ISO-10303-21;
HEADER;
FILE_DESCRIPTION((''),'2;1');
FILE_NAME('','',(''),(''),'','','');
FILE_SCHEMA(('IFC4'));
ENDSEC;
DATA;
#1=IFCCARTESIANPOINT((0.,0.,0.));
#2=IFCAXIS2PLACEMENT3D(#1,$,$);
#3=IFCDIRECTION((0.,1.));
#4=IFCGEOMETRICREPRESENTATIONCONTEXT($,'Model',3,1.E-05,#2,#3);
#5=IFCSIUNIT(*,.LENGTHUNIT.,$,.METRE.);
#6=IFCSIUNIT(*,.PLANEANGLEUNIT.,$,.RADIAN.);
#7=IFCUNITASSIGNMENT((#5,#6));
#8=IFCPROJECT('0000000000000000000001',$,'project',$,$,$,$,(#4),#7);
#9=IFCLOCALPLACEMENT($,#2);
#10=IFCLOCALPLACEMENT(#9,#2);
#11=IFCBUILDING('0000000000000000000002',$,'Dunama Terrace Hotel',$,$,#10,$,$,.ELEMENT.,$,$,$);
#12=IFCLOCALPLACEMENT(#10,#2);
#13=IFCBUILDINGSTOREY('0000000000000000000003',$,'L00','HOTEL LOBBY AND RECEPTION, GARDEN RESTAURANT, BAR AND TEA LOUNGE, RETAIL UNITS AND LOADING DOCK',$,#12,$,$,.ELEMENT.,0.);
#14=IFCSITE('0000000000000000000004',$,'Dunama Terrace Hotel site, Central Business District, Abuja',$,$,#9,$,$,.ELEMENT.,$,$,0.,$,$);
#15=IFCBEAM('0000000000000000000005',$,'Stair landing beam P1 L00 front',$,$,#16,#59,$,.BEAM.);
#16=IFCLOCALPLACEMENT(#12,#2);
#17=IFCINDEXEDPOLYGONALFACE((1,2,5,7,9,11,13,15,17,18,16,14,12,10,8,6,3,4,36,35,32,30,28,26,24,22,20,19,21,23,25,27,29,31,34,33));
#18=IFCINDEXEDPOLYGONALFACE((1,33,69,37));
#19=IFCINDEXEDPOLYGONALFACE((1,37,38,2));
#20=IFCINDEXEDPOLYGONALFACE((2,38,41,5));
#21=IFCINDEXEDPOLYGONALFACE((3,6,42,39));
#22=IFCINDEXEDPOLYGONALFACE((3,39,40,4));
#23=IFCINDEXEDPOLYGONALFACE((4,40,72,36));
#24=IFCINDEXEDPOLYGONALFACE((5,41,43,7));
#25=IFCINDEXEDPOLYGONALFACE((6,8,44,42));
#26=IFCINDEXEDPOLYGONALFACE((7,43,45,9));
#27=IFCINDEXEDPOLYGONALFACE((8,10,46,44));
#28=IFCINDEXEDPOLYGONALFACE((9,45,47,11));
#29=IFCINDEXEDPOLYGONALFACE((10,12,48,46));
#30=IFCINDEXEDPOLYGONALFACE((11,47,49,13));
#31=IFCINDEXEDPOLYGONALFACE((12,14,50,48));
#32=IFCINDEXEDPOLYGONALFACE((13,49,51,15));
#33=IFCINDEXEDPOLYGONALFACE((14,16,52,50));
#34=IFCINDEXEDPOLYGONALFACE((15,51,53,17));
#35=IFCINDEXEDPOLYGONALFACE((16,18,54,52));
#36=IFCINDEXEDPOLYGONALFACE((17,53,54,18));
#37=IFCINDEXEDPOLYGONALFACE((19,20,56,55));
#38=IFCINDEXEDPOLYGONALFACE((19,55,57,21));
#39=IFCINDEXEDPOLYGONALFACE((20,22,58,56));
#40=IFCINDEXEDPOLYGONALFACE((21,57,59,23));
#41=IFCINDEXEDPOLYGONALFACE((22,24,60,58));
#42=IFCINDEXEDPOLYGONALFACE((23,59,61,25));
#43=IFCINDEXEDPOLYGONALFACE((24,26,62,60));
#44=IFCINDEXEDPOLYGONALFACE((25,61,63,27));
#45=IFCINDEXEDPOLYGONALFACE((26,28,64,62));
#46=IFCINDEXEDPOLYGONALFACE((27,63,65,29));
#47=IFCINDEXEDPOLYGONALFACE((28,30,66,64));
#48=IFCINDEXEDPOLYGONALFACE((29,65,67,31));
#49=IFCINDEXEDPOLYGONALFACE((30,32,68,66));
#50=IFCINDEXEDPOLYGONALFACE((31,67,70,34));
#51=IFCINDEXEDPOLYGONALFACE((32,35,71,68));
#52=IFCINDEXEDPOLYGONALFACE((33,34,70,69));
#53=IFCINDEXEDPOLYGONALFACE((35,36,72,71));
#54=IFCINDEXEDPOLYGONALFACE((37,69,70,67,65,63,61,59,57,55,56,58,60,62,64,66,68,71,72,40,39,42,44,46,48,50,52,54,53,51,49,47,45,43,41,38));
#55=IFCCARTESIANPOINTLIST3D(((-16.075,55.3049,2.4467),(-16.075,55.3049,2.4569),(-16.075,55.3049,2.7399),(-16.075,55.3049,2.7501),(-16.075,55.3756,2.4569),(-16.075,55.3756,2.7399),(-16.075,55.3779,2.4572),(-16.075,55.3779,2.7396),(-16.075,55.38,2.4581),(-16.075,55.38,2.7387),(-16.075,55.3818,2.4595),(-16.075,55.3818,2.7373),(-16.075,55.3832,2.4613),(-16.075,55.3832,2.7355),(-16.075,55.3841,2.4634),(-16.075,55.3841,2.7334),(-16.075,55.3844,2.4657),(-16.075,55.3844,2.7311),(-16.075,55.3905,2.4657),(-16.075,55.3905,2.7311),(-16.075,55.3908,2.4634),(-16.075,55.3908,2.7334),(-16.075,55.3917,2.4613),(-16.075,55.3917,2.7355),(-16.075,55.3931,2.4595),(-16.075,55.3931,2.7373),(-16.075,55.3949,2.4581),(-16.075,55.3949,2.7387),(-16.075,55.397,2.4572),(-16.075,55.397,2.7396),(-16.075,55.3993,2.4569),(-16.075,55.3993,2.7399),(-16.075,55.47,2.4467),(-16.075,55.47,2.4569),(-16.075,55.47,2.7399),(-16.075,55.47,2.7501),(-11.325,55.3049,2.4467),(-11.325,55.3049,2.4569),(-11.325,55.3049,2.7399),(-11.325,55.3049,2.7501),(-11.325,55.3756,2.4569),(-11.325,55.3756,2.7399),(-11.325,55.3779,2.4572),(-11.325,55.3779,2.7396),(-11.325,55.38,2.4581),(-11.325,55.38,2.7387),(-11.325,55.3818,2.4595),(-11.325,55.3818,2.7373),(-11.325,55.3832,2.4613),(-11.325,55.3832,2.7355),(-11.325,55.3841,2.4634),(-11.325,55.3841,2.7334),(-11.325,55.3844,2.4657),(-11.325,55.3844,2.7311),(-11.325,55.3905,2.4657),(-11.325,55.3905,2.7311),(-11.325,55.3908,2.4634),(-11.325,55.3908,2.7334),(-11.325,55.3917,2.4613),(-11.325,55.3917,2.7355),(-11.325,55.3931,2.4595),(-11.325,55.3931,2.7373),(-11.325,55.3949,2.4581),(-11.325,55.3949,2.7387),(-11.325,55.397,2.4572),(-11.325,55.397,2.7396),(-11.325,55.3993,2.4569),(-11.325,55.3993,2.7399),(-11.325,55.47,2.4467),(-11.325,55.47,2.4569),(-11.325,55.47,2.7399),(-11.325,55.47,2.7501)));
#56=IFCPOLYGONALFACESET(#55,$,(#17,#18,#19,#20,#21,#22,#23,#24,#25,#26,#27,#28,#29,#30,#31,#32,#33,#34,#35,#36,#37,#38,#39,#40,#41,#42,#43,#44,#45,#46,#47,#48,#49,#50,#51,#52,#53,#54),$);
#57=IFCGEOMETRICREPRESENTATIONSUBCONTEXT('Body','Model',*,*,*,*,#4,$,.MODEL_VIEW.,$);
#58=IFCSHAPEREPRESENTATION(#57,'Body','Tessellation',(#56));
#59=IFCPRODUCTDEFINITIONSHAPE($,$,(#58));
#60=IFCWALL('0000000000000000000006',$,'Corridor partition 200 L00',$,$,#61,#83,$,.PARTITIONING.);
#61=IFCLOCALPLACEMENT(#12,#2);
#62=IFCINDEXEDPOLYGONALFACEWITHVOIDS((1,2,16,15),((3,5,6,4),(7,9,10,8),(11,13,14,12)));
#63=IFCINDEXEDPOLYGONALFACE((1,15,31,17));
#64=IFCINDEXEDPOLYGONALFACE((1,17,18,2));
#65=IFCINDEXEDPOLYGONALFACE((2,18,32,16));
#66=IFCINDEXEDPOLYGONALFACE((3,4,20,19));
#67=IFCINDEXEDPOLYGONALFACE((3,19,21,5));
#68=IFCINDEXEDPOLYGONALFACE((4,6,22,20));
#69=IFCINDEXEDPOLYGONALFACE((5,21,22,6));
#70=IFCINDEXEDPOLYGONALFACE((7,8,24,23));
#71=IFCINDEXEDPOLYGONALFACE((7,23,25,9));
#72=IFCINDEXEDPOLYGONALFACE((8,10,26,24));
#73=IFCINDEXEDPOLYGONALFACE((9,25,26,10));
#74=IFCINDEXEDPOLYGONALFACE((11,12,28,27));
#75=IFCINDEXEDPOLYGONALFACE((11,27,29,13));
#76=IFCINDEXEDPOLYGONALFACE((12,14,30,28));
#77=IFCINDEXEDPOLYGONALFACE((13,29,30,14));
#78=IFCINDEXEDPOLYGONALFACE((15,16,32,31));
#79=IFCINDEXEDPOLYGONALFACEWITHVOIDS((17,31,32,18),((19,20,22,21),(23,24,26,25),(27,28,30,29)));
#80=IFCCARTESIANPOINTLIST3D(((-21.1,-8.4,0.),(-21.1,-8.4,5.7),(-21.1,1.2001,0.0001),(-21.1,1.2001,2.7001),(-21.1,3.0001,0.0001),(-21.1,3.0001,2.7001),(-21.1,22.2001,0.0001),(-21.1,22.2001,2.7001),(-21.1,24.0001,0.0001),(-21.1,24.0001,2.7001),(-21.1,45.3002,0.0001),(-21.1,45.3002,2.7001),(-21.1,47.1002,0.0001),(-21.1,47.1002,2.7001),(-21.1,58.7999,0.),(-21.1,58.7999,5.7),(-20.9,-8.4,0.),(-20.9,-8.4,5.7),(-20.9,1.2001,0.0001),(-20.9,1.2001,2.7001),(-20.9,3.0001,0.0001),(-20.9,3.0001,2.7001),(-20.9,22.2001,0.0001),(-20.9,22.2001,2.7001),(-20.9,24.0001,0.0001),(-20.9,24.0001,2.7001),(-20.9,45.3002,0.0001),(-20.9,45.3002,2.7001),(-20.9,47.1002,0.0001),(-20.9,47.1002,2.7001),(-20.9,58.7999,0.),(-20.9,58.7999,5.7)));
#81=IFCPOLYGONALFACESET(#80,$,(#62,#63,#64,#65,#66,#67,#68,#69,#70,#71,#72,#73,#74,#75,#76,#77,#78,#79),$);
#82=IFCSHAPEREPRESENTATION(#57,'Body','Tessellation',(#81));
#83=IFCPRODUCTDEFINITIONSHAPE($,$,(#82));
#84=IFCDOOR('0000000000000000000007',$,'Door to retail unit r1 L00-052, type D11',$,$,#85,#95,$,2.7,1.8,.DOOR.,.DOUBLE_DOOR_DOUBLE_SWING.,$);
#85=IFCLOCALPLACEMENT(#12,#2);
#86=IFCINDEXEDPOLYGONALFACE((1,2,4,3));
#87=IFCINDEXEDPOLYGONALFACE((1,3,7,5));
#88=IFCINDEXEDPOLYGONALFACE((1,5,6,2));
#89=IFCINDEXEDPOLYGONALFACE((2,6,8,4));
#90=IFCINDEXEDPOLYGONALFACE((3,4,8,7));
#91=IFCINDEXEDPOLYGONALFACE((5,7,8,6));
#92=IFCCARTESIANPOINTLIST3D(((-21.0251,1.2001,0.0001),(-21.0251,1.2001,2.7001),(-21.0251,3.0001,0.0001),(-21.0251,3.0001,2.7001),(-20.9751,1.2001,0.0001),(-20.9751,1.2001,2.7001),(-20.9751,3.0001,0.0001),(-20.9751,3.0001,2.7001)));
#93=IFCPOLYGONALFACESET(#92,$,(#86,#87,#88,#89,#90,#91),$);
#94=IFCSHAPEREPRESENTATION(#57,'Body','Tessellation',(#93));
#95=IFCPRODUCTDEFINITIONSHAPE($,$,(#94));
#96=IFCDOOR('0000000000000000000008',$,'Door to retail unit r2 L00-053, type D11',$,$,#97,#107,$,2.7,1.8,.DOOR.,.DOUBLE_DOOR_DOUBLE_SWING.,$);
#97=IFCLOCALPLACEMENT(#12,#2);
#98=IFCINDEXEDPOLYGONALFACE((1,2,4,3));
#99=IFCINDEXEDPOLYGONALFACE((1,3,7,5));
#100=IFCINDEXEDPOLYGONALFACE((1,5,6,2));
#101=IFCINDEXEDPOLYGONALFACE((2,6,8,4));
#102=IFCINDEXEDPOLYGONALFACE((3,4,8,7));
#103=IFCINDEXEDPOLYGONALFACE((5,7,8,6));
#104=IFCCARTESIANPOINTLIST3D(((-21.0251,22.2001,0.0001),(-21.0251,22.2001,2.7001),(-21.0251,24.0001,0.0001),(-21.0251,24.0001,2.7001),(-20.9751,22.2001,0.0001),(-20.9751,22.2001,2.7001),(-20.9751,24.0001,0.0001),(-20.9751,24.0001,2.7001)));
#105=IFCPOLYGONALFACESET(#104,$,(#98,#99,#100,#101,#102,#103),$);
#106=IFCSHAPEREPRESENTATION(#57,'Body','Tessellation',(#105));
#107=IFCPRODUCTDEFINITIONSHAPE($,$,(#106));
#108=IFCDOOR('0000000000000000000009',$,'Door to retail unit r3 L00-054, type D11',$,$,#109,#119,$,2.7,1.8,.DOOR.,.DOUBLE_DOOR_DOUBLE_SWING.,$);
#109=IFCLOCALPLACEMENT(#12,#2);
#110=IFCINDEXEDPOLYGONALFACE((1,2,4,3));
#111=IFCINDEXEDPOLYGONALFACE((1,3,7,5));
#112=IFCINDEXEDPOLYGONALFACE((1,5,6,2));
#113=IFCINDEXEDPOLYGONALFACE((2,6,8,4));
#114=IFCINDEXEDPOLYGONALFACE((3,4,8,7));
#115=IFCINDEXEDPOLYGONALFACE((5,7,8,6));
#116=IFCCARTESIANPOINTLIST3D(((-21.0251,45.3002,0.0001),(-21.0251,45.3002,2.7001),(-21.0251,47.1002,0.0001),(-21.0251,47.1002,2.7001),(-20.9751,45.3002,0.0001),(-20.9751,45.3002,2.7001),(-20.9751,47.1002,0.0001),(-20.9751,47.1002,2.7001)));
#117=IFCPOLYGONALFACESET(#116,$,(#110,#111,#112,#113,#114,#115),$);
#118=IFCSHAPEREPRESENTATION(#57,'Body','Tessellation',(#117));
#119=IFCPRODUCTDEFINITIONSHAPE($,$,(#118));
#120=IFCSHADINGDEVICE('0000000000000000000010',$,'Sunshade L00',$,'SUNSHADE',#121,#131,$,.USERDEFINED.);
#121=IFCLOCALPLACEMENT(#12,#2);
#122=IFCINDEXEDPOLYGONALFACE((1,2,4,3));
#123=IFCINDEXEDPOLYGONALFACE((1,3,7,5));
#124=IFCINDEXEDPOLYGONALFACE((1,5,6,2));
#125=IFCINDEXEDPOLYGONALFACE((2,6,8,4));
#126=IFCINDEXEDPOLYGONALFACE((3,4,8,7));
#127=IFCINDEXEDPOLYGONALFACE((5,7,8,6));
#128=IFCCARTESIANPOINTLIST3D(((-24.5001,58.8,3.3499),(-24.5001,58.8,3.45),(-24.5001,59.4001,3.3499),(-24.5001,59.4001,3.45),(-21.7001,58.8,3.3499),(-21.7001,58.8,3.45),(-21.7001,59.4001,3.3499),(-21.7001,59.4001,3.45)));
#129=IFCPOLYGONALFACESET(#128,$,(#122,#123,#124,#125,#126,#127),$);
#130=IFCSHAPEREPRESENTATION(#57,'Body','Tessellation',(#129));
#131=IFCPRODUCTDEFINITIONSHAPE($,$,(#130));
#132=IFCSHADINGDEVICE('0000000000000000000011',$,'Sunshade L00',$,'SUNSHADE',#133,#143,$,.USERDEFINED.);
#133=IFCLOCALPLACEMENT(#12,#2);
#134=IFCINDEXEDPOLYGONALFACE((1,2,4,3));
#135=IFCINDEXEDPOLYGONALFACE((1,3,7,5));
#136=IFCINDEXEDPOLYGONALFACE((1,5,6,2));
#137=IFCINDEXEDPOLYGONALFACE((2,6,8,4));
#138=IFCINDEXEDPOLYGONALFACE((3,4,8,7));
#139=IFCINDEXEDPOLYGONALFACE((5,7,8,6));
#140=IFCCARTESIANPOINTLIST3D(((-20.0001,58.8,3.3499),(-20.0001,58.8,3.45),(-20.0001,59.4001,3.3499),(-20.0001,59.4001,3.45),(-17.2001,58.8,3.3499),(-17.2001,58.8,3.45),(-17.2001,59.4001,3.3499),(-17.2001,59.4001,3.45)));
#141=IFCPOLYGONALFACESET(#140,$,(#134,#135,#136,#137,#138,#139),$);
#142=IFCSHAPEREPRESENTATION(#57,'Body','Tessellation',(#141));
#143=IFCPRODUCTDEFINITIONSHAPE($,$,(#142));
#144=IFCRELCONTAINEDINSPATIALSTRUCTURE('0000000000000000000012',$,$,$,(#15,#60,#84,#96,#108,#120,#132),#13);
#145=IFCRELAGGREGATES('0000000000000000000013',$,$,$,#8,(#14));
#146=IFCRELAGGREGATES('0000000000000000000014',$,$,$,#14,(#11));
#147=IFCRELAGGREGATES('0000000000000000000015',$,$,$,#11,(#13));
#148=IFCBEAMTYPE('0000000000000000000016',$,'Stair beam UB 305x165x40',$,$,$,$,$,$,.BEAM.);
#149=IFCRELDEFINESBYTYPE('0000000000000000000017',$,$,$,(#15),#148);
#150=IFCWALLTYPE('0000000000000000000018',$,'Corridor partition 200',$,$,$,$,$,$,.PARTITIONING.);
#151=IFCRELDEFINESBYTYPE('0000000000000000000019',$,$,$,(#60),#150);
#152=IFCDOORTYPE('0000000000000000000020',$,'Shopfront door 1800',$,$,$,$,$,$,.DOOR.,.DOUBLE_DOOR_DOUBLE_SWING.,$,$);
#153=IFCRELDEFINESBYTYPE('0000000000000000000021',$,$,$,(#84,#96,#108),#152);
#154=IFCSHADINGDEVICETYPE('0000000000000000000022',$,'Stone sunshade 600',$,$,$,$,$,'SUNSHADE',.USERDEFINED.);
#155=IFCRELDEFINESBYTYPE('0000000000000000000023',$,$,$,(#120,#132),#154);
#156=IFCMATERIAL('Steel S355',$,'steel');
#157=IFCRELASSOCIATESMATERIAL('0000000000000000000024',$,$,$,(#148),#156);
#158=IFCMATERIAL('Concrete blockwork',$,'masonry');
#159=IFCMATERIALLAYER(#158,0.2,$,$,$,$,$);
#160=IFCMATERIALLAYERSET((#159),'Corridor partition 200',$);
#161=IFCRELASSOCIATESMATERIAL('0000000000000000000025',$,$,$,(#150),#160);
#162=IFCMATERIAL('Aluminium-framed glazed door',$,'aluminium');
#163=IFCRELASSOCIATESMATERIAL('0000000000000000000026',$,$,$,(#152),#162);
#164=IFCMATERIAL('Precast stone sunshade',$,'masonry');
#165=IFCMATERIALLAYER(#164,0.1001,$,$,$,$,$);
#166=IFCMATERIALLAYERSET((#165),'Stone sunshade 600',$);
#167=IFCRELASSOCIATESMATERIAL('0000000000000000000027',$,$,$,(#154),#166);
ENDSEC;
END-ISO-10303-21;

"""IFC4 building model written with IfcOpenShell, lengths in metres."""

from ifc_helpers import new_model, si_unit, direction, frame, frame_2d, origin, origin_2d, place, context, subcontext, project, spatial, rectangle, i_section, extrude, material, layer, layer_set, material_profile, profile_set, type_object, element, fill, save


model = new_model("IFC4")

# Units and contexts
model_context = context("Model", 3, precision=1e-05, world=origin(), true_north=direction((0.0, 1.0)))
body_context = subcontext(model_context, "Body", "Model", "MODEL_VIEW")
ifc_project = project(units=[si_unit("LENGTHUNIT", "METRE"), si_unit("PLANEANGLEUNIT", "RADIAN")], contexts=[model_context])

# Site, building, storey
site_placement = place(None, origin())
site = spatial("IfcSite", under=ifc_project, at=site_placement, Name="Dunama Terrace Hotel site, Central Business District, Abuja", CompositionType="ELEMENT", RefElevation=0.0)
building_placement = place(site_placement, origin())
building = spatial("IfcBuilding", under=site, at=building_placement, Name="Dunama Terrace Hotel", CompositionType="ELEMENT")
storey_placement = place(building_placement, origin())
storey = spatial("IfcBuildingStorey", under=building, at=storey_placement, Name="L00", Description="HOTEL LOBBY AND RECEPTION, GARDEN RESTAURANT, BAR AND TEA LOUNGE, RETAIL UNITS AND LOADING DOCK", CompositionType="ELEMENT", Elevation=0.0)

# Beam
ifc_material_1 = material(Name="Steel S355", Category="steel")
ifc_material_profile_1 = material_profile(ifc_material_1, i_section(OverallWidth=0.165, OverallDepth=0.3035, WebThickness=0.0061, FlangeThickness=0.0103, FilletRadius=0.0088, at=origin_2d()), Name="UB 305x165x40")
ifc_profile_set_1 = profile_set([ifc_material_profile_1], Name="Steel S355")
beam_type = type_object("IfcBeamType", Name="Stair beam UB 305x165x40", PredefinedType="BEAM", material=ifc_profile_set_1)
for number, where, z_axis, x_axis, name in (
    (1, (-16.075, 55.3875, 2.5984), (1.0, 0.0, 0.0), (0.0, 1.0, 0.0), "Stair landing beam P1 L00 front"),
):
    element("IfcBeam", number, at=place(storey_placement, frame(where, z_axis=z_axis, x_axis=x_axis)), inside=storey, type_object=beam_type, Name=name, PredefinedType="BEAM", context=body_context, shape_type="SweptSolid", body=[
        extrude(i_section(OverallWidth=0.165, OverallDepth=0.3035, WebThickness=0.0061, FlangeThickness=0.0103, FilletRadius=0.0088, at=origin_2d()), origin(), (0.0, 0.0, 1.0), 4.75),
    ])

# Wall, openings, doors
ifc_material_2 = material(Name="Concrete blockwork", Category="masonry")
ifc_layer_1 = layer(ifc_material_2, 0.2)
ifc_layer_set_1 = layer_set([ifc_layer_1], Name="Corridor partition 200")
wall_type = type_object("IfcWallType", Name="Corridor partition 200", PredefinedType="PARTITIONING", material=ifc_layer_set_1)
wall_placement = place(storey_placement, frame((-21.0, 58.8, 0.0), z_axis=(0.0, 0.0, 1.0), x_axis=(0.0, -1.0, 0.0)))
wall = element("IfcWall", 2, at=wall_placement, inside=storey, type_object=wall_type, Name="Corridor partition 200 L00", PredefinedType="PARTITIONING", context=body_context, shape_type="SweptSolid", body=[
    extrude(rectangle(XDim=67.2, YDim=0.2, at=frame_2d((33.6001, 0.0))), origin(), (0.0, 0.0, 1.0), 5.7),
])
opening_1_placement = place(wall_placement, frame((55.8, 0.0, 0.0)))
opening_1 = element("IfcOpeningElement", 3, at=opening_1_placement, cuts=wall, PredefinedType="OPENING", context=body_context, shape_type="SweptSolid", body=[
    extrude(rectangle(XDim=1.8, YDim=2.7, at=frame_2d((0.8999, 1.3501))), frame((0.0, 0.1099, 0.0), z_axis=(0.0, -1.0, 0.0), x_axis=(1.0, 0.0, 0.0)), (0.0, 0.0, 1.0), 0.22),
])
opening_2_placement = place(wall_placement, frame((34.8, 0.0, 0.0)))
opening_2 = element("IfcOpeningElement", 4, at=opening_2_placement, cuts=wall, PredefinedType="OPENING", context=body_context, shape_type="SweptSolid", body=[
    extrude(rectangle(XDim=1.8, YDim=2.7, at=frame_2d((0.8999, 1.3501))), frame((0.0, 0.1099, 0.0), z_axis=(0.0, -1.0, 0.0), x_axis=(1.0, 0.0, 0.0)), (0.0, 0.0, 1.0), 0.22),
])
opening_3_placement = place(wall_placement, frame((11.7, 0.0, 0.0)))
opening_3 = element("IfcOpeningElement", 5, at=opening_3_placement, cuts=wall, PredefinedType="OPENING", context=body_context, shape_type="SweptSolid", body=[
    extrude(rectangle(XDim=1.8, YDim=2.7, at=frame_2d((0.8999, 1.3501))), frame((0.0, 0.1099, 0.0), z_axis=(0.0, -1.0, 0.0), x_axis=(1.0, 0.0, 0.0)), (0.0, 0.0, 1.0), 0.22),
])
ifc_material_3 = material(Name="Aluminium-framed glazed door", Category="aluminium")
door_type = type_object("IfcDoorType", Name="Shopfront door 1800", OperationType="DOUBLE_DOOR_DOUBLE_SWING", PredefinedType="DOOR", material=ifc_material_3)
door_1_placement = place(opening_1_placement, origin())
door_1 = element("IfcDoor", 6, at=door_1_placement, inside=storey, type_object=door_type, Name="Door to retail unit r1 L00-052, type D11", OperationType="DOUBLE_DOOR_DOUBLE_SWING", OverallHeight=2.7, OverallWidth=1.8, PredefinedType="DOOR", context=body_context, shape_type="SweptSolid", body=[
    extrude(rectangle(XDim=1.8, YDim=2.7, at=frame_2d((0.8999, 1.3501))), frame((0.0, 0.0249, 0.0), z_axis=(0.0, -1.0, 0.0), x_axis=(1.0, 0.0, 0.0)), (0.0, 0.0, 1.0), 0.05),
])
fill(opening_1, door_1)
door_2_placement = place(opening_2_placement, origin())
door_2 = element("IfcDoor", 7, at=door_2_placement, inside=storey, type_object=door_type, Name="Door to retail unit r2 L00-053, type D11", OperationType="DOUBLE_DOOR_DOUBLE_SWING", OverallHeight=2.7, OverallWidth=1.8, PredefinedType="DOOR", context=body_context, shape_type="SweptSolid", body=[
    extrude(rectangle(XDim=1.8, YDim=2.7, at=frame_2d((0.8999, 1.3501))), frame((0.0, 0.0249, 0.0), z_axis=(0.0, -1.0, 0.0), x_axis=(1.0, 0.0, 0.0)), (0.0, 0.0, 1.0), 0.05),
])
fill(opening_2, door_2)
door_3_placement = place(opening_3_placement, origin())
door_3 = element("IfcDoor", 8, at=door_3_placement, inside=storey, type_object=door_type, Name="Door to retail unit r3 L00-054, type D11", OperationType="DOUBLE_DOOR_DOUBLE_SWING", OverallHeight=2.7, OverallWidth=1.8, PredefinedType="DOOR", context=body_context, shape_type="SweptSolid", body=[
    extrude(rectangle(XDim=1.8, YDim=2.7, at=frame_2d((0.8999, 1.3501))), frame((0.0, 0.0249, 0.0), z_axis=(0.0, -1.0, 0.0), x_axis=(1.0, 0.0, 0.0)), (0.0, 0.0, 1.0), 0.05),
])
fill(opening_3, door_3)

# Shading devices
ifc_material_4 = material(Name="Precast stone sunshade", Category="masonry")
ifc_layer_2 = layer(ifc_material_4, 0.1001)
ifc_layer_set_2 = layer_set([ifc_layer_2], Name="Stone sunshade 600")
shading_device_type = type_object("IfcShadingDeviceType", Name="Stone sunshade 600", ElementType="SUNSHADE", PredefinedType="USERDEFINED", material=ifc_layer_set_2)
for number, where, z_axis, x_axis, name in (
    (9, (-23.1001, 59.1001, 3.3499), (0.0, 0.0, 1.0), (-1.0, 0.0, 0.0), "Sunshade L00"),
    (10, (-18.6001, 59.1001, 3.3499), (0.0, 0.0, 1.0), (-1.0, 0.0, 0.0), "Sunshade L00"),
):
    element("IfcShadingDevice", number, at=place(storey_placement, frame(where, z_axis=z_axis, x_axis=x_axis)), inside=storey, type_object=shading_device_type, Name=name, ObjectType="SUNSHADE", PredefinedType="USERDEFINED", context=body_context, shape_type="SweptSolid", body=[
        extrude(rectangle(XDim=2.8, YDim=0.6001, at=origin_2d()), origin(), (0.0, 0.0, 1.0), 0.1001),
    ])

save(model, "model.ifc")
